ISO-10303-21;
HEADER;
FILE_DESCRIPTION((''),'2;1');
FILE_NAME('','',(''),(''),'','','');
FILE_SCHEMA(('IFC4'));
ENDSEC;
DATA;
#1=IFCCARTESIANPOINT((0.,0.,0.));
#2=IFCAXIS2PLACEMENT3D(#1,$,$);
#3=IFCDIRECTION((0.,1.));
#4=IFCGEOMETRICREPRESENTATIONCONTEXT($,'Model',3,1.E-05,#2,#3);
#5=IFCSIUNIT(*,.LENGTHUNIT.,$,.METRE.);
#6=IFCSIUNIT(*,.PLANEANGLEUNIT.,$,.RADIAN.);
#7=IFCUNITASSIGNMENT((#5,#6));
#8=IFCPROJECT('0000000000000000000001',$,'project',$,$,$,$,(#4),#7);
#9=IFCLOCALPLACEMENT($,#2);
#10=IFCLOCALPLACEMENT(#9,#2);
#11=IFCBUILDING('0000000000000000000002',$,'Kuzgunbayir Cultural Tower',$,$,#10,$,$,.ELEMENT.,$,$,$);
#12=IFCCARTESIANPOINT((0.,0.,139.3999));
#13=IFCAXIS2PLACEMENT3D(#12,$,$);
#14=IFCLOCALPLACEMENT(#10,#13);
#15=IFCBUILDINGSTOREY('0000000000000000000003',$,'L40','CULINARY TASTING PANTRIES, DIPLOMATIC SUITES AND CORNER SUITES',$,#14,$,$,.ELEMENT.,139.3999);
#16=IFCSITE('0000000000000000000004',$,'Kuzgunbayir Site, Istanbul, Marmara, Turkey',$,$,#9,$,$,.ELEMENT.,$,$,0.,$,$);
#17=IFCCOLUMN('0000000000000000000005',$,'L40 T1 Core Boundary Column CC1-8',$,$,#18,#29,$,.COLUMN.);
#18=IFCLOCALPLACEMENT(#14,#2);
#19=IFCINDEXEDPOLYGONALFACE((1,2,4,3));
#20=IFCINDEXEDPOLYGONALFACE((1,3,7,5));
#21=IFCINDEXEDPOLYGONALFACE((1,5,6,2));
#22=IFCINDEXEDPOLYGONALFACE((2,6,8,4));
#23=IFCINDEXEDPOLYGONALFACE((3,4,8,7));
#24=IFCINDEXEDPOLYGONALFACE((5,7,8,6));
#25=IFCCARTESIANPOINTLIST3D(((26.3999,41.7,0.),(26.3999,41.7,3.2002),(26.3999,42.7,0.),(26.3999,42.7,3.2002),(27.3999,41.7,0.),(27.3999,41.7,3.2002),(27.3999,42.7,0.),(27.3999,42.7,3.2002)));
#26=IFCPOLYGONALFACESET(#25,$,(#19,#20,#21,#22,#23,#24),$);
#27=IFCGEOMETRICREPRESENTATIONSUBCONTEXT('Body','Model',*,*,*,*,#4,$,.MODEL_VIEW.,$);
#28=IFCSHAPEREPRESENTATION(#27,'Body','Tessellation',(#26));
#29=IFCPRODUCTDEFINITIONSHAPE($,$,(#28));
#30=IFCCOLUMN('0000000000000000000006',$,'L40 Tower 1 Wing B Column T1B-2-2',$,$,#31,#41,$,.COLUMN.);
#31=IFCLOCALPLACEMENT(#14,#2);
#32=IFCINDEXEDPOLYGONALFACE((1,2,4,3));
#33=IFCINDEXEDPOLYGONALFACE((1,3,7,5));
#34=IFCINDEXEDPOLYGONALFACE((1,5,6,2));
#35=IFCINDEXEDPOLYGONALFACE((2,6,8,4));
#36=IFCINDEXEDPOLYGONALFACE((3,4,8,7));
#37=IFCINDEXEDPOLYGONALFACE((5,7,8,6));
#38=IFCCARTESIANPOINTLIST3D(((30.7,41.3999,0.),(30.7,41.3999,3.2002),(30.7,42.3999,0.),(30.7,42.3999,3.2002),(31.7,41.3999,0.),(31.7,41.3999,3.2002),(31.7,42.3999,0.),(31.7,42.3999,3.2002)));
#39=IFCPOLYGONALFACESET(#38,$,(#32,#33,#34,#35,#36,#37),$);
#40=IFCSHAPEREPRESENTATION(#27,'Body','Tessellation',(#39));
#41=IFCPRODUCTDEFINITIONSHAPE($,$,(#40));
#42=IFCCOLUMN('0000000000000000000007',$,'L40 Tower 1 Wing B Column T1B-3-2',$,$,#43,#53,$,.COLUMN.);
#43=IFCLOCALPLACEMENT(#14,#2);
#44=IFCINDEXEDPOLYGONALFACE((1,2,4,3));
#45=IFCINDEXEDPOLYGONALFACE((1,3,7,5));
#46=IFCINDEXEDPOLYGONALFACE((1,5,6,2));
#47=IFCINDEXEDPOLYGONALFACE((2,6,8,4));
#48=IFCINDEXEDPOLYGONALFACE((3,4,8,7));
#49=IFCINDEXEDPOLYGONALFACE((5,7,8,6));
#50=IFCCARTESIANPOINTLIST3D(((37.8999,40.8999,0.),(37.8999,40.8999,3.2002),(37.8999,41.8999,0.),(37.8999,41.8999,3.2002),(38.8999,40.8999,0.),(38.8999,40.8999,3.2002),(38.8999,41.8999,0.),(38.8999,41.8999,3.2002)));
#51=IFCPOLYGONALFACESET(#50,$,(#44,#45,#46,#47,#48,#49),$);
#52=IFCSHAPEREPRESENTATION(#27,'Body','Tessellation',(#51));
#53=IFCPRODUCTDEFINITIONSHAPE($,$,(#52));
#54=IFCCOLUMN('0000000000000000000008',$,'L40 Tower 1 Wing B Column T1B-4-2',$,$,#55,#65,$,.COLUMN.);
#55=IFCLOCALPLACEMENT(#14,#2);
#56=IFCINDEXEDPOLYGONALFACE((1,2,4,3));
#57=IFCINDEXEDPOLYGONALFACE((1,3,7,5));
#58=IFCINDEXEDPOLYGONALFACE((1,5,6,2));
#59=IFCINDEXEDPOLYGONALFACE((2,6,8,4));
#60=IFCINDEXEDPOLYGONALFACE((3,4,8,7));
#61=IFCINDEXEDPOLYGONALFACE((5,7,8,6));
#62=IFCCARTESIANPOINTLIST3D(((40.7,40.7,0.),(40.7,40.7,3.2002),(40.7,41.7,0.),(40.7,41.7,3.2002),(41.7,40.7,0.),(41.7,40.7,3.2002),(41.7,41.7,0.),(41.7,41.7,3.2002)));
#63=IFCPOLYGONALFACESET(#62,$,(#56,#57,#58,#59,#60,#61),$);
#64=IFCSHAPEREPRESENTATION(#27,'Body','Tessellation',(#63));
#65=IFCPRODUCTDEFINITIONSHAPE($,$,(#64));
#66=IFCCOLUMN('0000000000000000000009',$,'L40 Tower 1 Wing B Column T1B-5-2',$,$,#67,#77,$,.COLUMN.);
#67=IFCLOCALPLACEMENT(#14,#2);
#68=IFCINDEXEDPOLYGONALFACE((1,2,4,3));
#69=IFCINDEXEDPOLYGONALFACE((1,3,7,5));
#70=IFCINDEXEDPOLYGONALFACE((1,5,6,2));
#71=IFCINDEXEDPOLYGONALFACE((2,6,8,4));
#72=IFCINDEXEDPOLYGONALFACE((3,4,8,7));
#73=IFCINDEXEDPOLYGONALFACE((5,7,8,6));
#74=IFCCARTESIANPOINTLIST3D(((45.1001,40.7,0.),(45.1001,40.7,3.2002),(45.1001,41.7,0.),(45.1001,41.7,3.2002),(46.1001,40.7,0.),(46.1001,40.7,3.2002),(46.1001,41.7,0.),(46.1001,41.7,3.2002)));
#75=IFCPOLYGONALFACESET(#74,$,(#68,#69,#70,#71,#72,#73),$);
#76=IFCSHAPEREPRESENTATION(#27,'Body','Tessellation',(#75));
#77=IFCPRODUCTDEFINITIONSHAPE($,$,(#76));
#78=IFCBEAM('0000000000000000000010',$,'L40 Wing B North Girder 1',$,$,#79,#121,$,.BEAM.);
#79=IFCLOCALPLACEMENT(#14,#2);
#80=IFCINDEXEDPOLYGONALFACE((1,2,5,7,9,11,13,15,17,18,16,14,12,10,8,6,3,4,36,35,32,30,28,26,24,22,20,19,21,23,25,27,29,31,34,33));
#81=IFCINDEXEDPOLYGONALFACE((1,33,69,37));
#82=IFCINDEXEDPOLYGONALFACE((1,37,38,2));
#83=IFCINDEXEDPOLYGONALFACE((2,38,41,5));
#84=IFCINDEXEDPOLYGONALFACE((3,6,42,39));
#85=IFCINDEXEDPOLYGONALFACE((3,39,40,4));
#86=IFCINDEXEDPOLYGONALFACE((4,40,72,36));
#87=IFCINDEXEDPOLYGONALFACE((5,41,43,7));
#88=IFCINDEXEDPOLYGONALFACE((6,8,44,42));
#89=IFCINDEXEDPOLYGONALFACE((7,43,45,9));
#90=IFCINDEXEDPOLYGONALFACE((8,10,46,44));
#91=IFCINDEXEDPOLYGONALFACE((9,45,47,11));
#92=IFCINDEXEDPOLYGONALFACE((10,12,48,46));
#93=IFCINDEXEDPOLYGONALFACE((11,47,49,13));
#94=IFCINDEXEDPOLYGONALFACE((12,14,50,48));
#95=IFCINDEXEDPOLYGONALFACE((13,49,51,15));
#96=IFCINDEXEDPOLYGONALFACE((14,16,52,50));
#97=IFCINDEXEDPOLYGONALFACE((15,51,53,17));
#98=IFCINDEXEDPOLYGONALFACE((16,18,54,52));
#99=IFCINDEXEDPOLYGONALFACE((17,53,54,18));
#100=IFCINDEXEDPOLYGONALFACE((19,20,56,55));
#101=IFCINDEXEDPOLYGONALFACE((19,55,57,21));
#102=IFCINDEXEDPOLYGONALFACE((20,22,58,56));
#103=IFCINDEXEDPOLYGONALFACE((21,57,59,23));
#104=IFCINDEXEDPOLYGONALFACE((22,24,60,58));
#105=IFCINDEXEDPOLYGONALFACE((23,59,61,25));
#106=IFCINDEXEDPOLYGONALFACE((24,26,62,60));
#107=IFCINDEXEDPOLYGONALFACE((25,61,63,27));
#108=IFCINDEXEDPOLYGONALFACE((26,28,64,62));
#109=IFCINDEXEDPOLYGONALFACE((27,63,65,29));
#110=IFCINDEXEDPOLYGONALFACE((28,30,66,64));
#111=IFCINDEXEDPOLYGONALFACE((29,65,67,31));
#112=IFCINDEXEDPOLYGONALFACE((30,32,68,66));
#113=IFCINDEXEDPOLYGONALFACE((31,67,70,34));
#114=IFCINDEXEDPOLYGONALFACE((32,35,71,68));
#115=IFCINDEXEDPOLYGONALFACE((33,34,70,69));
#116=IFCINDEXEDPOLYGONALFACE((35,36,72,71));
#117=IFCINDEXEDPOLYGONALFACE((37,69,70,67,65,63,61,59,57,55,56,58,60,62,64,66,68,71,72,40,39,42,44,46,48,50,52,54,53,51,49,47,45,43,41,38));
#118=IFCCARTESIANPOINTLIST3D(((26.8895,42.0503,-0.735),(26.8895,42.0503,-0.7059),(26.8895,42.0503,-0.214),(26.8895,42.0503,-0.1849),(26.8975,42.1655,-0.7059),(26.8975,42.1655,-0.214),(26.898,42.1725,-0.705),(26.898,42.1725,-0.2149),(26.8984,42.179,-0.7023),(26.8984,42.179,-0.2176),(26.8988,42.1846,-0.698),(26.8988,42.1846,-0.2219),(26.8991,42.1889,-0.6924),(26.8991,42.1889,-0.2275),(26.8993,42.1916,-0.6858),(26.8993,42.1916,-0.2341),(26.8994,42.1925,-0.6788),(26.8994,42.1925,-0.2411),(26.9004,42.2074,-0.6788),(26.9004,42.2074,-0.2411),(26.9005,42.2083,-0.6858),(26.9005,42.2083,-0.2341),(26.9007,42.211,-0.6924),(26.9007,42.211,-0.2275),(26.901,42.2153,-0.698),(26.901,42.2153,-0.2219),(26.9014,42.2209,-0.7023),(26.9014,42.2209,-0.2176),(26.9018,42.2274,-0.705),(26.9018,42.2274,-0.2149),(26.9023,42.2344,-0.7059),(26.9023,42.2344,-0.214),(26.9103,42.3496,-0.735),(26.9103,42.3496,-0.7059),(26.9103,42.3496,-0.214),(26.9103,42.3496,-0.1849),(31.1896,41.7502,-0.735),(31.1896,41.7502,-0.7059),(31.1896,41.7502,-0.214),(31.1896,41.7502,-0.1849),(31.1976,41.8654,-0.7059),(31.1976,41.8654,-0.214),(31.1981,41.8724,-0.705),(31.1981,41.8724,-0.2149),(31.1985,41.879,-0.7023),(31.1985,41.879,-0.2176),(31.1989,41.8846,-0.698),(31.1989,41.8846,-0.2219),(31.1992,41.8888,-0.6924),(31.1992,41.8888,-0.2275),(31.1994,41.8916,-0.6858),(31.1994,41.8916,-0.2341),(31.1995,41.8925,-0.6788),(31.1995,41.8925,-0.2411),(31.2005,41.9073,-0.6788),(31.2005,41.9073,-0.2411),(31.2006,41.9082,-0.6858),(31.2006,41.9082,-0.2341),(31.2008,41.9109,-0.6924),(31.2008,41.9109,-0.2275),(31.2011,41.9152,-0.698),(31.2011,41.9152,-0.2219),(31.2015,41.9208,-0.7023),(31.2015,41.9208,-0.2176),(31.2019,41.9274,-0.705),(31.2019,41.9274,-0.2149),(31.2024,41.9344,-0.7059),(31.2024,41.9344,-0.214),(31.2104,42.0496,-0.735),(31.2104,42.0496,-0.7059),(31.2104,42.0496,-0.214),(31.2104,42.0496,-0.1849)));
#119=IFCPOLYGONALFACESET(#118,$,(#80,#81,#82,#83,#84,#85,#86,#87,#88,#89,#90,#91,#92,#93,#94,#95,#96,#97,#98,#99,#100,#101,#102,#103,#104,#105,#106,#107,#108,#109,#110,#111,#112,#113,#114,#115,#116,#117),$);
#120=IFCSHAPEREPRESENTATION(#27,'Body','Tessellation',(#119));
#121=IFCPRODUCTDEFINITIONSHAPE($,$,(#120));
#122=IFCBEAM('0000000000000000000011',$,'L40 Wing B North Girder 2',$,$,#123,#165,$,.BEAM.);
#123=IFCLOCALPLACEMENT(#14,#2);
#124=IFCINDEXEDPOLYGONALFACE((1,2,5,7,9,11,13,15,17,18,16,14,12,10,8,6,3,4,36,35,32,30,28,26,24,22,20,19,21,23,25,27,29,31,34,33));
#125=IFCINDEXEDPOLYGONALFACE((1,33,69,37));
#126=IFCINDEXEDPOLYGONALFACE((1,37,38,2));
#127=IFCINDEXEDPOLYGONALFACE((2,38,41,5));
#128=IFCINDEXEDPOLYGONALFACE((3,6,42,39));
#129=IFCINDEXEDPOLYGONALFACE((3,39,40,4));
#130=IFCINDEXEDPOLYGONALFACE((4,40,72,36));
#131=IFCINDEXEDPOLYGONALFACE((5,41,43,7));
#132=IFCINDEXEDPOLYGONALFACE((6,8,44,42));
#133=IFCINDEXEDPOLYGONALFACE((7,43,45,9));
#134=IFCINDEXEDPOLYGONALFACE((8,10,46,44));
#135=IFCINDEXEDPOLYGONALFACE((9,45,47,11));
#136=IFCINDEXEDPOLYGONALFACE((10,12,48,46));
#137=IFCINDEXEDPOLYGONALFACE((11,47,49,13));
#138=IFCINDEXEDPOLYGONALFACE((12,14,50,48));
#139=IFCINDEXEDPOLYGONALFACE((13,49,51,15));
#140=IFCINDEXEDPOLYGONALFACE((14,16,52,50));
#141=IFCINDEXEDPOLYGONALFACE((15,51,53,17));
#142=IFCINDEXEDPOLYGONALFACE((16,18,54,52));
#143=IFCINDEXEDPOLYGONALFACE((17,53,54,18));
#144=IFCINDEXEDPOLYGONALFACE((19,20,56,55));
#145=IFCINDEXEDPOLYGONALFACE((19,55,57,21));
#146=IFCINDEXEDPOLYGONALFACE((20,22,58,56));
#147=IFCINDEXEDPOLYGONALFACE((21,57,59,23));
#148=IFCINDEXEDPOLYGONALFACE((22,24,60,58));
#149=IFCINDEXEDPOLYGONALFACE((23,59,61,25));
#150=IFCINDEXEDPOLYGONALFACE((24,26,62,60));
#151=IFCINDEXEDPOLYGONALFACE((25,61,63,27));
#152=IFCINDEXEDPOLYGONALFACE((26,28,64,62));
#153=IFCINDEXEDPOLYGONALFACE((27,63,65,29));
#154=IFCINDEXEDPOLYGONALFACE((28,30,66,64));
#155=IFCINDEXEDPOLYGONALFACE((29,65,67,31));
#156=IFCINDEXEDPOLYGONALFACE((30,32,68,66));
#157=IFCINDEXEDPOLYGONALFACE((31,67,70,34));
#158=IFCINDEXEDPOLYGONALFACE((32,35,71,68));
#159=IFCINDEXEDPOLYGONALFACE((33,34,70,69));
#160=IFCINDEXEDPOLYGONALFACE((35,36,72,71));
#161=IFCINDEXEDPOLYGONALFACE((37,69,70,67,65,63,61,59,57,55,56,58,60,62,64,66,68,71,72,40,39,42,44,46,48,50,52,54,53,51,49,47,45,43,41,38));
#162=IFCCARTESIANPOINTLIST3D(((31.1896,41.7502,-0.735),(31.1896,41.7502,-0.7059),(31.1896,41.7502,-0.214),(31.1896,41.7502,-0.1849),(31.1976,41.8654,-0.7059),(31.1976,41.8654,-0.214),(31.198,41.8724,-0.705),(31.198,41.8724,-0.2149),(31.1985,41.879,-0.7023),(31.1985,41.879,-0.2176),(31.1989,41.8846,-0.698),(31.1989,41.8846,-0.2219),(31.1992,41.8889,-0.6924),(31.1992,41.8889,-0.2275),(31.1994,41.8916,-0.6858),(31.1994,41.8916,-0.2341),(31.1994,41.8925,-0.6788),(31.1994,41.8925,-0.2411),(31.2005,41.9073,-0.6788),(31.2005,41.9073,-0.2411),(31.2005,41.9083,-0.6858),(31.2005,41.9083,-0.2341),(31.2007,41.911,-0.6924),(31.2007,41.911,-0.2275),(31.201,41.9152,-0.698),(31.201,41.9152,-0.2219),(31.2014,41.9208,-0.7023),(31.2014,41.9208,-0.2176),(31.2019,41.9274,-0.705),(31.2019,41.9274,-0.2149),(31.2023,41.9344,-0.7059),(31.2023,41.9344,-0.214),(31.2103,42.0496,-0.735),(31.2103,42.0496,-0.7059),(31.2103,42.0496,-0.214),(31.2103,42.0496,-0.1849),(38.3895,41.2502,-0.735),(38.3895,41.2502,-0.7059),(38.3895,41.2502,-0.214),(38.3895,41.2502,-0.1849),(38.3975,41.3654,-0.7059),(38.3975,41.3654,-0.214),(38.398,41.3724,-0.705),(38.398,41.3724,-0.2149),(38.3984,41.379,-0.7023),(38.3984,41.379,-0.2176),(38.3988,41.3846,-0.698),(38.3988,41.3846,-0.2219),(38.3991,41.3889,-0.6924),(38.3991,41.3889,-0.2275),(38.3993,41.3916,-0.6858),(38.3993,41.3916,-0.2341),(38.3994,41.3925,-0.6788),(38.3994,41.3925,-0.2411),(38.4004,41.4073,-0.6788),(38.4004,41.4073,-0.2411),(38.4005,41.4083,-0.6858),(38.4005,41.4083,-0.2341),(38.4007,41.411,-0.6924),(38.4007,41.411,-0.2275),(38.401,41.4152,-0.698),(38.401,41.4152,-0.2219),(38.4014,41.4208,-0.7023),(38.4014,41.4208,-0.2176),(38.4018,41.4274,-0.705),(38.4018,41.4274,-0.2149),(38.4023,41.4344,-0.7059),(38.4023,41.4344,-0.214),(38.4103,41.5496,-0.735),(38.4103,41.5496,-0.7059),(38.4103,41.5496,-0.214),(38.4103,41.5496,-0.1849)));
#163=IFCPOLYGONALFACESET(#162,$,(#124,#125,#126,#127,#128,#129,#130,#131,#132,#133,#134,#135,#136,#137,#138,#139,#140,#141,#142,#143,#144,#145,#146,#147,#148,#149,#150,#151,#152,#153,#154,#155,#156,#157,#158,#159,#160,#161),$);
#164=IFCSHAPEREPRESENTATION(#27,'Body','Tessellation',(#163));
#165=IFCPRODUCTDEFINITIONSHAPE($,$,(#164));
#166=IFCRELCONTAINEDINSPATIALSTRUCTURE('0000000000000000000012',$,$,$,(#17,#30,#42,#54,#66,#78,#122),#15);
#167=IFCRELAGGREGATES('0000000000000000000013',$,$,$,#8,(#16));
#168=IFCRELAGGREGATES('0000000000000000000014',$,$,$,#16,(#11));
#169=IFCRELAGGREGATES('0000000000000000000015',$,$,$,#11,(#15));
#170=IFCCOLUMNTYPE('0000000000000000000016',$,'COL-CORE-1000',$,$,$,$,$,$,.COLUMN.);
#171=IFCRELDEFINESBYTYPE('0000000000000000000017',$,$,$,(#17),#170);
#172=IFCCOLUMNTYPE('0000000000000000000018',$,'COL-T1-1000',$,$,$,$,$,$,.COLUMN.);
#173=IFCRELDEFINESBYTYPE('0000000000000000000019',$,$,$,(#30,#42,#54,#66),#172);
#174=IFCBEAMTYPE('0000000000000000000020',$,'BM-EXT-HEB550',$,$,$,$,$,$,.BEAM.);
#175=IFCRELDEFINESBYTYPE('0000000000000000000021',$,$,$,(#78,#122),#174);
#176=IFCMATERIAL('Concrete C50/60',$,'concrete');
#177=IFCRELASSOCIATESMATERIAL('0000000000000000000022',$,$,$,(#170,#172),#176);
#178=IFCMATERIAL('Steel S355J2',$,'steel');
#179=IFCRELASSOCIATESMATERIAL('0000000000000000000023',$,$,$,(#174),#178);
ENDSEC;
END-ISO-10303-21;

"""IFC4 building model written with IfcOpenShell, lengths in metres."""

from ifc_helpers import new_model, si_unit, direction, frame, origin, origin_2d, place, context, subcontext, project, spatial, rectangle, i_section, extrude, material, material_profile, profile_set, type_object, element, save


model = new_model("IFC4")

# Units and contexts
model_context = context("Model", 3, precision=1e-05, world=origin(), true_north=direction((0.0, 1.0)))
body_context = subcontext(model_context, "Body", "Model", "MODEL_VIEW")
ifc_project = project(units=[si_unit("LENGTHUNIT", "METRE"), si_unit("PLANEANGLEUNIT", "RADIAN")], contexts=[model_context])

# Site, building, storey
site_placement = place(None, origin())
site = spatial("IfcSite", under=ifc_project, at=site_placement, Name="Kuzgunbayir Site, Istanbul, Marmara, Turkey", CompositionType="ELEMENT", RefElevation=0.0)
building_placement = place(site_placement, origin())
building = spatial("IfcBuilding", under=site, at=building_placement, Name="Kuzgunbayir Cultural Tower", CompositionType="ELEMENT")
storey_placement = place(building_placement, frame((0.0, 0.0, 139.3999)))
storey = spatial("IfcBuildingStorey", under=building, at=storey_placement, Name="L40", Description="CULINARY TASTING PANTRIES, DIPLOMATIC SUITES AND CORNER SUITES", CompositionType="ELEMENT", Elevation=139.3999)

# Columns
ifc_material_1 = material(Name="Concrete C50/60", Category="concrete")
ifc_material_profile_1 = material_profile(ifc_material_1, rectangle(XDim=1.0, YDim=1.0, at=origin_2d()), Name="RC 1000x1000")
ifc_profile_set_1 = profile_set([ifc_material_profile_1], Name="Concrete C50/60")
column_type_1 = type_object("IfcColumnType", Name="COL-CORE-1000", PredefinedType="COLUMN", material=ifc_profile_set_1)
column_placement = place(storey_placement, frame((26.8999, 42.2, 0.0), z_axis=(0.0, 0.0, 1.0), x_axis=(1.0, 0.0, 0.0)))
element("IfcColumn", 1, at=column_placement, inside=storey, type_object=column_type_1, Name="L40 T1 Core Boundary Column CC1-8", PredefinedType="COLUMN", context=body_context, shape_type="SweptSolid", body=[
    extrude(rectangle(XDim=1.0, YDim=1.0, at=origin_2d()), origin(), (0.0, 0.0, 1.0), 3.2002),
])
ifc_material_profile_2 = material_profile(ifc_material_1, rectangle(XDim=1.0, YDim=1.0, at=origin_2d()), Name="RC 1000x1000")
ifc_profile_set_2 = profile_set([ifc_material_profile_2], Name="Concrete C50/60")
column_type_2 = type_object("IfcColumnType", Name="COL-T1-1000", PredefinedType="COLUMN", material=ifc_profile_set_2)
for number, where, z_axis, x_axis, name in (
    (2, (31.2, 41.8999, 0.0), (0.0, 0.0, 1.0), (1.0, 0.0, 0.0), "L40 Tower 1 Wing B Column T1B-2-2"),
    (3, (38.3999, 41.3999, 0.0), (0.0, 0.0, 1.0), (1.0, 0.0, 0.0), "L40 Tower 1 Wing B Column T1B-3-2"),
    (4, (41.2, 41.2, 0.0), (0.0, 0.0, 1.0), (1.0, 0.0, 0.0), "L40 Tower 1 Wing B Column T1B-4-2"),
    (5, (45.6001, 41.2, 0.0), (0.0, 0.0, 1.0), (1.0, 0.0, 0.0), "L40 Tower 1 Wing B Column T1B-5-2"),
):
    element("IfcColumn", number, at=place(storey_placement, frame(where, z_axis=z_axis, x_axis=x_axis)), inside=storey, type_object=column_type_2, Name=name, PredefinedType="COLUMN", context=body_context, shape_type="SweptSolid", body=[
        extrude(rectangle(XDim=1.0, YDim=1.0, at=origin_2d()), origin(), (0.0, 0.0, 1.0), 3.2002),
    ])

# Beams
ifc_material_2 = material(Name="Steel S355J2", Category="steel")
ifc_material_profile_3 = material_profile(ifc_material_2, i_section(OverallWidth=0.3, OverallDepth=0.55, WebThickness=0.0149, FlangeThickness=0.0291, FilletRadius=0.0271, at=origin_2d()), Name="HEB 550")
ifc_profile_set_3 = profile_set([ifc_material_profile_3], Name="Steel S355J2")
beam_type_1 = type_object("IfcBeamType", Name="BM-EXT-HEB550", PredefinedType="BEAM", material=ifc_profile_set_3)
beam_1_placement = place(storey_placement, frame((26.8999, 42.2, -0.46), z_axis=(0.997574, -0.069609, 0.0), x_axis=(0.069609, 0.997574, 0.0)))
element("IfcBeam", 6, at=beam_1_placement, inside=storey, type_object=beam_type_1, Name="L40 Wing B North Girder 1", PredefinedType="BEAM", context=body_context, shape_type="SweptSolid", body=[
    extrude(i_section(OverallWidth=0.3, OverallDepth=0.55, WebThickness=0.0149, FlangeThickness=0.0291, FilletRadius=0.0271, at=origin_2d()), origin(), (0.0, 0.0, 1.0), 4.3105),
])
beam_2_placement = place(storey_placement, frame((31.2, 41.8999, -0.46), z_axis=(0.997597, -0.069278, 0.0), x_axis=(0.069278, 0.997597, 0.0)))
element("IfcBeam", 7, at=beam_2_placement, inside=storey, type_object=beam_type_1, Name="L40 Wing B North Girder 2", PredefinedType="BEAM", context=body_context, shape_type="SweptSolid", body=[
    extrude(i_section(OverallWidth=0.3, OverallDepth=0.55, WebThickness=0.0149, FlangeThickness=0.0291, FilletRadius=0.0271, at=origin_2d()), origin(), (0.0, 0.0, 1.0), 7.2173),
])

save(model, "model.ifc")
